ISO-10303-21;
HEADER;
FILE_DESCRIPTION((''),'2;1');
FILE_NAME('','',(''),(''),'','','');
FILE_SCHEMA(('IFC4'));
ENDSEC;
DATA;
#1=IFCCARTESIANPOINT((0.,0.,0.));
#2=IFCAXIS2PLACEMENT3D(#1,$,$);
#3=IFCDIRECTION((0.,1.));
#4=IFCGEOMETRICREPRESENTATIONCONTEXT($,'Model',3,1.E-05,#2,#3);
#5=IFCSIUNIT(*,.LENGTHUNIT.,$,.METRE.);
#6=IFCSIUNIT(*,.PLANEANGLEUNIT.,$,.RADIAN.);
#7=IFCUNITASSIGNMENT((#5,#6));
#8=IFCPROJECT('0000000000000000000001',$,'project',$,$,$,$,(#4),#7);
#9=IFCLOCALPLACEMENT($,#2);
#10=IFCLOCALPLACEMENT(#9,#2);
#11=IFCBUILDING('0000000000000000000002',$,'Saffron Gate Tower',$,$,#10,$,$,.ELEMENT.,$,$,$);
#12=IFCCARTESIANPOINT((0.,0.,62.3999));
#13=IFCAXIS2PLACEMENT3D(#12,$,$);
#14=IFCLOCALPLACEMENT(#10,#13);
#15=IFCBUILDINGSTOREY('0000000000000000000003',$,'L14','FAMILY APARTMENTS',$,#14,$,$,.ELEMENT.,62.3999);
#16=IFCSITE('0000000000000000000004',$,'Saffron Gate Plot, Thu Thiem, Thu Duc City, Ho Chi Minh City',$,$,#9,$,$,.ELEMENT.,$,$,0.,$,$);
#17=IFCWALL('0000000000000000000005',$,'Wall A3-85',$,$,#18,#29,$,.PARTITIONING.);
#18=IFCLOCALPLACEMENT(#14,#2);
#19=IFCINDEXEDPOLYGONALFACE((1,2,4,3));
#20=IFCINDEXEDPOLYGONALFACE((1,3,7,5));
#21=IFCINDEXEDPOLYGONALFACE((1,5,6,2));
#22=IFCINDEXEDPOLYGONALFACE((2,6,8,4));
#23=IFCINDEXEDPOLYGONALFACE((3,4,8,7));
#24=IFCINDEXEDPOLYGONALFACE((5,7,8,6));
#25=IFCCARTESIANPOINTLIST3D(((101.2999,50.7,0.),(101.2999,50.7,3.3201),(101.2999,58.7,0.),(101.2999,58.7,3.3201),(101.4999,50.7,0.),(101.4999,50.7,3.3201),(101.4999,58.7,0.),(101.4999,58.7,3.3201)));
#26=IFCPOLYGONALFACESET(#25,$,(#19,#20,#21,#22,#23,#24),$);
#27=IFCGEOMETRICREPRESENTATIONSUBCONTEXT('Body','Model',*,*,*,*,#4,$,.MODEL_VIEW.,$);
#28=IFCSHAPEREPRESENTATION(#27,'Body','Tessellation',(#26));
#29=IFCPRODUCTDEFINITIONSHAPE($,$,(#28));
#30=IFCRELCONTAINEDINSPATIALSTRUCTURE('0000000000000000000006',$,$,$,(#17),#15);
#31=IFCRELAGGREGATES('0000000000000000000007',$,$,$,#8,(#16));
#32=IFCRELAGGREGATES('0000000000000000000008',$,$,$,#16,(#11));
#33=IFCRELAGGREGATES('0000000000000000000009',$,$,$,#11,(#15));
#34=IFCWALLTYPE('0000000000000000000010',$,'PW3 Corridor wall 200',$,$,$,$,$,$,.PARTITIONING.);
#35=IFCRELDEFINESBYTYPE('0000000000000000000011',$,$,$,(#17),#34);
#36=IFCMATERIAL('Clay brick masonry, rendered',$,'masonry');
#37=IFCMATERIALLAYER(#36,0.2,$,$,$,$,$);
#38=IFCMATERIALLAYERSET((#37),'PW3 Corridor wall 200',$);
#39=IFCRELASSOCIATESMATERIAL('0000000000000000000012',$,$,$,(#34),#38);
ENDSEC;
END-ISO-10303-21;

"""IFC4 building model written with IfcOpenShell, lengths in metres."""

from ifc_helpers import new_model, si_unit, direction, frame, frame_2d, origin, place, context, subcontext, project, spatial, rectangle, extrude, material, layer, layer_set, type_object, element, save


model = new_model("IFC4")

# Units and contexts
model_context = context("Model", 3, precision=1e-05, world=origin(), true_north=direction((0.0, 1.0)))
body_context = subcontext(model_context, "Body", "Model", "MODEL_VIEW")
ifc_project = project(units=[si_unit("LENGTHUNIT", "METRE"), si_unit("PLANEANGLEUNIT", "RADIAN")], contexts=[model_context])

# Site, building, storey
site_placement = place(None, origin())
site = spatial("IfcSite", under=ifc_project, at=site_placement, Name="Saffron Gate Plot, Thu Thiem, Thu Duc City, Ho Chi Minh City", CompositionType="ELEMENT", RefElevation=0.0)
building_placement = place(site_placement, origin())
building = spatial("IfcBuilding", under=site, at=building_placement, Name="Saffron Gate Tower", CompositionType="ELEMENT")
storey_placement = place(building_placement, frame((0.0, 0.0, 62.3999)))
storey = spatial("IfcBuildingStorey", under=building, at=storey_placement, Name="L14", Description="FAMILY APARTMENTS", CompositionType="ELEMENT", Elevation=62.3999)

# Wall
ifc_material_1 = material(Name="Clay brick masonry, rendered", Category="masonry")
ifc_layer_1 = layer(ifc_material_1, 0.2)
ifc_layer_set_1 = layer_set([ifc_layer_1], Name="PW3 Corridor wall 200")
wall_type_1 = type_object("IfcWallType", Name="PW3 Corridor wall 200", PredefinedType="PARTITIONING", material=ifc_layer_set_1)
wall_1_placement = place(storey_placement, frame((101.3999, 58.7, 0.0), z_axis=(0.0, 0.0, 1.0), x_axis=(0.0, -1.0, 0.0)))
element("IfcWall", 1, at=wall_1_placement, inside=storey, type_object=wall_type_1, Name="Wall A3-85", PredefinedType="PARTITIONING", context=body_context, shape_type="SweptSolid", body=[
    extrude(rectangle(XDim=8.0, YDim=0.2, at=frame_2d((4.0, 0.0))), origin(), (0.0, 0.0, 1.0), 3.3201),
])

save(model, "model.ifc")
